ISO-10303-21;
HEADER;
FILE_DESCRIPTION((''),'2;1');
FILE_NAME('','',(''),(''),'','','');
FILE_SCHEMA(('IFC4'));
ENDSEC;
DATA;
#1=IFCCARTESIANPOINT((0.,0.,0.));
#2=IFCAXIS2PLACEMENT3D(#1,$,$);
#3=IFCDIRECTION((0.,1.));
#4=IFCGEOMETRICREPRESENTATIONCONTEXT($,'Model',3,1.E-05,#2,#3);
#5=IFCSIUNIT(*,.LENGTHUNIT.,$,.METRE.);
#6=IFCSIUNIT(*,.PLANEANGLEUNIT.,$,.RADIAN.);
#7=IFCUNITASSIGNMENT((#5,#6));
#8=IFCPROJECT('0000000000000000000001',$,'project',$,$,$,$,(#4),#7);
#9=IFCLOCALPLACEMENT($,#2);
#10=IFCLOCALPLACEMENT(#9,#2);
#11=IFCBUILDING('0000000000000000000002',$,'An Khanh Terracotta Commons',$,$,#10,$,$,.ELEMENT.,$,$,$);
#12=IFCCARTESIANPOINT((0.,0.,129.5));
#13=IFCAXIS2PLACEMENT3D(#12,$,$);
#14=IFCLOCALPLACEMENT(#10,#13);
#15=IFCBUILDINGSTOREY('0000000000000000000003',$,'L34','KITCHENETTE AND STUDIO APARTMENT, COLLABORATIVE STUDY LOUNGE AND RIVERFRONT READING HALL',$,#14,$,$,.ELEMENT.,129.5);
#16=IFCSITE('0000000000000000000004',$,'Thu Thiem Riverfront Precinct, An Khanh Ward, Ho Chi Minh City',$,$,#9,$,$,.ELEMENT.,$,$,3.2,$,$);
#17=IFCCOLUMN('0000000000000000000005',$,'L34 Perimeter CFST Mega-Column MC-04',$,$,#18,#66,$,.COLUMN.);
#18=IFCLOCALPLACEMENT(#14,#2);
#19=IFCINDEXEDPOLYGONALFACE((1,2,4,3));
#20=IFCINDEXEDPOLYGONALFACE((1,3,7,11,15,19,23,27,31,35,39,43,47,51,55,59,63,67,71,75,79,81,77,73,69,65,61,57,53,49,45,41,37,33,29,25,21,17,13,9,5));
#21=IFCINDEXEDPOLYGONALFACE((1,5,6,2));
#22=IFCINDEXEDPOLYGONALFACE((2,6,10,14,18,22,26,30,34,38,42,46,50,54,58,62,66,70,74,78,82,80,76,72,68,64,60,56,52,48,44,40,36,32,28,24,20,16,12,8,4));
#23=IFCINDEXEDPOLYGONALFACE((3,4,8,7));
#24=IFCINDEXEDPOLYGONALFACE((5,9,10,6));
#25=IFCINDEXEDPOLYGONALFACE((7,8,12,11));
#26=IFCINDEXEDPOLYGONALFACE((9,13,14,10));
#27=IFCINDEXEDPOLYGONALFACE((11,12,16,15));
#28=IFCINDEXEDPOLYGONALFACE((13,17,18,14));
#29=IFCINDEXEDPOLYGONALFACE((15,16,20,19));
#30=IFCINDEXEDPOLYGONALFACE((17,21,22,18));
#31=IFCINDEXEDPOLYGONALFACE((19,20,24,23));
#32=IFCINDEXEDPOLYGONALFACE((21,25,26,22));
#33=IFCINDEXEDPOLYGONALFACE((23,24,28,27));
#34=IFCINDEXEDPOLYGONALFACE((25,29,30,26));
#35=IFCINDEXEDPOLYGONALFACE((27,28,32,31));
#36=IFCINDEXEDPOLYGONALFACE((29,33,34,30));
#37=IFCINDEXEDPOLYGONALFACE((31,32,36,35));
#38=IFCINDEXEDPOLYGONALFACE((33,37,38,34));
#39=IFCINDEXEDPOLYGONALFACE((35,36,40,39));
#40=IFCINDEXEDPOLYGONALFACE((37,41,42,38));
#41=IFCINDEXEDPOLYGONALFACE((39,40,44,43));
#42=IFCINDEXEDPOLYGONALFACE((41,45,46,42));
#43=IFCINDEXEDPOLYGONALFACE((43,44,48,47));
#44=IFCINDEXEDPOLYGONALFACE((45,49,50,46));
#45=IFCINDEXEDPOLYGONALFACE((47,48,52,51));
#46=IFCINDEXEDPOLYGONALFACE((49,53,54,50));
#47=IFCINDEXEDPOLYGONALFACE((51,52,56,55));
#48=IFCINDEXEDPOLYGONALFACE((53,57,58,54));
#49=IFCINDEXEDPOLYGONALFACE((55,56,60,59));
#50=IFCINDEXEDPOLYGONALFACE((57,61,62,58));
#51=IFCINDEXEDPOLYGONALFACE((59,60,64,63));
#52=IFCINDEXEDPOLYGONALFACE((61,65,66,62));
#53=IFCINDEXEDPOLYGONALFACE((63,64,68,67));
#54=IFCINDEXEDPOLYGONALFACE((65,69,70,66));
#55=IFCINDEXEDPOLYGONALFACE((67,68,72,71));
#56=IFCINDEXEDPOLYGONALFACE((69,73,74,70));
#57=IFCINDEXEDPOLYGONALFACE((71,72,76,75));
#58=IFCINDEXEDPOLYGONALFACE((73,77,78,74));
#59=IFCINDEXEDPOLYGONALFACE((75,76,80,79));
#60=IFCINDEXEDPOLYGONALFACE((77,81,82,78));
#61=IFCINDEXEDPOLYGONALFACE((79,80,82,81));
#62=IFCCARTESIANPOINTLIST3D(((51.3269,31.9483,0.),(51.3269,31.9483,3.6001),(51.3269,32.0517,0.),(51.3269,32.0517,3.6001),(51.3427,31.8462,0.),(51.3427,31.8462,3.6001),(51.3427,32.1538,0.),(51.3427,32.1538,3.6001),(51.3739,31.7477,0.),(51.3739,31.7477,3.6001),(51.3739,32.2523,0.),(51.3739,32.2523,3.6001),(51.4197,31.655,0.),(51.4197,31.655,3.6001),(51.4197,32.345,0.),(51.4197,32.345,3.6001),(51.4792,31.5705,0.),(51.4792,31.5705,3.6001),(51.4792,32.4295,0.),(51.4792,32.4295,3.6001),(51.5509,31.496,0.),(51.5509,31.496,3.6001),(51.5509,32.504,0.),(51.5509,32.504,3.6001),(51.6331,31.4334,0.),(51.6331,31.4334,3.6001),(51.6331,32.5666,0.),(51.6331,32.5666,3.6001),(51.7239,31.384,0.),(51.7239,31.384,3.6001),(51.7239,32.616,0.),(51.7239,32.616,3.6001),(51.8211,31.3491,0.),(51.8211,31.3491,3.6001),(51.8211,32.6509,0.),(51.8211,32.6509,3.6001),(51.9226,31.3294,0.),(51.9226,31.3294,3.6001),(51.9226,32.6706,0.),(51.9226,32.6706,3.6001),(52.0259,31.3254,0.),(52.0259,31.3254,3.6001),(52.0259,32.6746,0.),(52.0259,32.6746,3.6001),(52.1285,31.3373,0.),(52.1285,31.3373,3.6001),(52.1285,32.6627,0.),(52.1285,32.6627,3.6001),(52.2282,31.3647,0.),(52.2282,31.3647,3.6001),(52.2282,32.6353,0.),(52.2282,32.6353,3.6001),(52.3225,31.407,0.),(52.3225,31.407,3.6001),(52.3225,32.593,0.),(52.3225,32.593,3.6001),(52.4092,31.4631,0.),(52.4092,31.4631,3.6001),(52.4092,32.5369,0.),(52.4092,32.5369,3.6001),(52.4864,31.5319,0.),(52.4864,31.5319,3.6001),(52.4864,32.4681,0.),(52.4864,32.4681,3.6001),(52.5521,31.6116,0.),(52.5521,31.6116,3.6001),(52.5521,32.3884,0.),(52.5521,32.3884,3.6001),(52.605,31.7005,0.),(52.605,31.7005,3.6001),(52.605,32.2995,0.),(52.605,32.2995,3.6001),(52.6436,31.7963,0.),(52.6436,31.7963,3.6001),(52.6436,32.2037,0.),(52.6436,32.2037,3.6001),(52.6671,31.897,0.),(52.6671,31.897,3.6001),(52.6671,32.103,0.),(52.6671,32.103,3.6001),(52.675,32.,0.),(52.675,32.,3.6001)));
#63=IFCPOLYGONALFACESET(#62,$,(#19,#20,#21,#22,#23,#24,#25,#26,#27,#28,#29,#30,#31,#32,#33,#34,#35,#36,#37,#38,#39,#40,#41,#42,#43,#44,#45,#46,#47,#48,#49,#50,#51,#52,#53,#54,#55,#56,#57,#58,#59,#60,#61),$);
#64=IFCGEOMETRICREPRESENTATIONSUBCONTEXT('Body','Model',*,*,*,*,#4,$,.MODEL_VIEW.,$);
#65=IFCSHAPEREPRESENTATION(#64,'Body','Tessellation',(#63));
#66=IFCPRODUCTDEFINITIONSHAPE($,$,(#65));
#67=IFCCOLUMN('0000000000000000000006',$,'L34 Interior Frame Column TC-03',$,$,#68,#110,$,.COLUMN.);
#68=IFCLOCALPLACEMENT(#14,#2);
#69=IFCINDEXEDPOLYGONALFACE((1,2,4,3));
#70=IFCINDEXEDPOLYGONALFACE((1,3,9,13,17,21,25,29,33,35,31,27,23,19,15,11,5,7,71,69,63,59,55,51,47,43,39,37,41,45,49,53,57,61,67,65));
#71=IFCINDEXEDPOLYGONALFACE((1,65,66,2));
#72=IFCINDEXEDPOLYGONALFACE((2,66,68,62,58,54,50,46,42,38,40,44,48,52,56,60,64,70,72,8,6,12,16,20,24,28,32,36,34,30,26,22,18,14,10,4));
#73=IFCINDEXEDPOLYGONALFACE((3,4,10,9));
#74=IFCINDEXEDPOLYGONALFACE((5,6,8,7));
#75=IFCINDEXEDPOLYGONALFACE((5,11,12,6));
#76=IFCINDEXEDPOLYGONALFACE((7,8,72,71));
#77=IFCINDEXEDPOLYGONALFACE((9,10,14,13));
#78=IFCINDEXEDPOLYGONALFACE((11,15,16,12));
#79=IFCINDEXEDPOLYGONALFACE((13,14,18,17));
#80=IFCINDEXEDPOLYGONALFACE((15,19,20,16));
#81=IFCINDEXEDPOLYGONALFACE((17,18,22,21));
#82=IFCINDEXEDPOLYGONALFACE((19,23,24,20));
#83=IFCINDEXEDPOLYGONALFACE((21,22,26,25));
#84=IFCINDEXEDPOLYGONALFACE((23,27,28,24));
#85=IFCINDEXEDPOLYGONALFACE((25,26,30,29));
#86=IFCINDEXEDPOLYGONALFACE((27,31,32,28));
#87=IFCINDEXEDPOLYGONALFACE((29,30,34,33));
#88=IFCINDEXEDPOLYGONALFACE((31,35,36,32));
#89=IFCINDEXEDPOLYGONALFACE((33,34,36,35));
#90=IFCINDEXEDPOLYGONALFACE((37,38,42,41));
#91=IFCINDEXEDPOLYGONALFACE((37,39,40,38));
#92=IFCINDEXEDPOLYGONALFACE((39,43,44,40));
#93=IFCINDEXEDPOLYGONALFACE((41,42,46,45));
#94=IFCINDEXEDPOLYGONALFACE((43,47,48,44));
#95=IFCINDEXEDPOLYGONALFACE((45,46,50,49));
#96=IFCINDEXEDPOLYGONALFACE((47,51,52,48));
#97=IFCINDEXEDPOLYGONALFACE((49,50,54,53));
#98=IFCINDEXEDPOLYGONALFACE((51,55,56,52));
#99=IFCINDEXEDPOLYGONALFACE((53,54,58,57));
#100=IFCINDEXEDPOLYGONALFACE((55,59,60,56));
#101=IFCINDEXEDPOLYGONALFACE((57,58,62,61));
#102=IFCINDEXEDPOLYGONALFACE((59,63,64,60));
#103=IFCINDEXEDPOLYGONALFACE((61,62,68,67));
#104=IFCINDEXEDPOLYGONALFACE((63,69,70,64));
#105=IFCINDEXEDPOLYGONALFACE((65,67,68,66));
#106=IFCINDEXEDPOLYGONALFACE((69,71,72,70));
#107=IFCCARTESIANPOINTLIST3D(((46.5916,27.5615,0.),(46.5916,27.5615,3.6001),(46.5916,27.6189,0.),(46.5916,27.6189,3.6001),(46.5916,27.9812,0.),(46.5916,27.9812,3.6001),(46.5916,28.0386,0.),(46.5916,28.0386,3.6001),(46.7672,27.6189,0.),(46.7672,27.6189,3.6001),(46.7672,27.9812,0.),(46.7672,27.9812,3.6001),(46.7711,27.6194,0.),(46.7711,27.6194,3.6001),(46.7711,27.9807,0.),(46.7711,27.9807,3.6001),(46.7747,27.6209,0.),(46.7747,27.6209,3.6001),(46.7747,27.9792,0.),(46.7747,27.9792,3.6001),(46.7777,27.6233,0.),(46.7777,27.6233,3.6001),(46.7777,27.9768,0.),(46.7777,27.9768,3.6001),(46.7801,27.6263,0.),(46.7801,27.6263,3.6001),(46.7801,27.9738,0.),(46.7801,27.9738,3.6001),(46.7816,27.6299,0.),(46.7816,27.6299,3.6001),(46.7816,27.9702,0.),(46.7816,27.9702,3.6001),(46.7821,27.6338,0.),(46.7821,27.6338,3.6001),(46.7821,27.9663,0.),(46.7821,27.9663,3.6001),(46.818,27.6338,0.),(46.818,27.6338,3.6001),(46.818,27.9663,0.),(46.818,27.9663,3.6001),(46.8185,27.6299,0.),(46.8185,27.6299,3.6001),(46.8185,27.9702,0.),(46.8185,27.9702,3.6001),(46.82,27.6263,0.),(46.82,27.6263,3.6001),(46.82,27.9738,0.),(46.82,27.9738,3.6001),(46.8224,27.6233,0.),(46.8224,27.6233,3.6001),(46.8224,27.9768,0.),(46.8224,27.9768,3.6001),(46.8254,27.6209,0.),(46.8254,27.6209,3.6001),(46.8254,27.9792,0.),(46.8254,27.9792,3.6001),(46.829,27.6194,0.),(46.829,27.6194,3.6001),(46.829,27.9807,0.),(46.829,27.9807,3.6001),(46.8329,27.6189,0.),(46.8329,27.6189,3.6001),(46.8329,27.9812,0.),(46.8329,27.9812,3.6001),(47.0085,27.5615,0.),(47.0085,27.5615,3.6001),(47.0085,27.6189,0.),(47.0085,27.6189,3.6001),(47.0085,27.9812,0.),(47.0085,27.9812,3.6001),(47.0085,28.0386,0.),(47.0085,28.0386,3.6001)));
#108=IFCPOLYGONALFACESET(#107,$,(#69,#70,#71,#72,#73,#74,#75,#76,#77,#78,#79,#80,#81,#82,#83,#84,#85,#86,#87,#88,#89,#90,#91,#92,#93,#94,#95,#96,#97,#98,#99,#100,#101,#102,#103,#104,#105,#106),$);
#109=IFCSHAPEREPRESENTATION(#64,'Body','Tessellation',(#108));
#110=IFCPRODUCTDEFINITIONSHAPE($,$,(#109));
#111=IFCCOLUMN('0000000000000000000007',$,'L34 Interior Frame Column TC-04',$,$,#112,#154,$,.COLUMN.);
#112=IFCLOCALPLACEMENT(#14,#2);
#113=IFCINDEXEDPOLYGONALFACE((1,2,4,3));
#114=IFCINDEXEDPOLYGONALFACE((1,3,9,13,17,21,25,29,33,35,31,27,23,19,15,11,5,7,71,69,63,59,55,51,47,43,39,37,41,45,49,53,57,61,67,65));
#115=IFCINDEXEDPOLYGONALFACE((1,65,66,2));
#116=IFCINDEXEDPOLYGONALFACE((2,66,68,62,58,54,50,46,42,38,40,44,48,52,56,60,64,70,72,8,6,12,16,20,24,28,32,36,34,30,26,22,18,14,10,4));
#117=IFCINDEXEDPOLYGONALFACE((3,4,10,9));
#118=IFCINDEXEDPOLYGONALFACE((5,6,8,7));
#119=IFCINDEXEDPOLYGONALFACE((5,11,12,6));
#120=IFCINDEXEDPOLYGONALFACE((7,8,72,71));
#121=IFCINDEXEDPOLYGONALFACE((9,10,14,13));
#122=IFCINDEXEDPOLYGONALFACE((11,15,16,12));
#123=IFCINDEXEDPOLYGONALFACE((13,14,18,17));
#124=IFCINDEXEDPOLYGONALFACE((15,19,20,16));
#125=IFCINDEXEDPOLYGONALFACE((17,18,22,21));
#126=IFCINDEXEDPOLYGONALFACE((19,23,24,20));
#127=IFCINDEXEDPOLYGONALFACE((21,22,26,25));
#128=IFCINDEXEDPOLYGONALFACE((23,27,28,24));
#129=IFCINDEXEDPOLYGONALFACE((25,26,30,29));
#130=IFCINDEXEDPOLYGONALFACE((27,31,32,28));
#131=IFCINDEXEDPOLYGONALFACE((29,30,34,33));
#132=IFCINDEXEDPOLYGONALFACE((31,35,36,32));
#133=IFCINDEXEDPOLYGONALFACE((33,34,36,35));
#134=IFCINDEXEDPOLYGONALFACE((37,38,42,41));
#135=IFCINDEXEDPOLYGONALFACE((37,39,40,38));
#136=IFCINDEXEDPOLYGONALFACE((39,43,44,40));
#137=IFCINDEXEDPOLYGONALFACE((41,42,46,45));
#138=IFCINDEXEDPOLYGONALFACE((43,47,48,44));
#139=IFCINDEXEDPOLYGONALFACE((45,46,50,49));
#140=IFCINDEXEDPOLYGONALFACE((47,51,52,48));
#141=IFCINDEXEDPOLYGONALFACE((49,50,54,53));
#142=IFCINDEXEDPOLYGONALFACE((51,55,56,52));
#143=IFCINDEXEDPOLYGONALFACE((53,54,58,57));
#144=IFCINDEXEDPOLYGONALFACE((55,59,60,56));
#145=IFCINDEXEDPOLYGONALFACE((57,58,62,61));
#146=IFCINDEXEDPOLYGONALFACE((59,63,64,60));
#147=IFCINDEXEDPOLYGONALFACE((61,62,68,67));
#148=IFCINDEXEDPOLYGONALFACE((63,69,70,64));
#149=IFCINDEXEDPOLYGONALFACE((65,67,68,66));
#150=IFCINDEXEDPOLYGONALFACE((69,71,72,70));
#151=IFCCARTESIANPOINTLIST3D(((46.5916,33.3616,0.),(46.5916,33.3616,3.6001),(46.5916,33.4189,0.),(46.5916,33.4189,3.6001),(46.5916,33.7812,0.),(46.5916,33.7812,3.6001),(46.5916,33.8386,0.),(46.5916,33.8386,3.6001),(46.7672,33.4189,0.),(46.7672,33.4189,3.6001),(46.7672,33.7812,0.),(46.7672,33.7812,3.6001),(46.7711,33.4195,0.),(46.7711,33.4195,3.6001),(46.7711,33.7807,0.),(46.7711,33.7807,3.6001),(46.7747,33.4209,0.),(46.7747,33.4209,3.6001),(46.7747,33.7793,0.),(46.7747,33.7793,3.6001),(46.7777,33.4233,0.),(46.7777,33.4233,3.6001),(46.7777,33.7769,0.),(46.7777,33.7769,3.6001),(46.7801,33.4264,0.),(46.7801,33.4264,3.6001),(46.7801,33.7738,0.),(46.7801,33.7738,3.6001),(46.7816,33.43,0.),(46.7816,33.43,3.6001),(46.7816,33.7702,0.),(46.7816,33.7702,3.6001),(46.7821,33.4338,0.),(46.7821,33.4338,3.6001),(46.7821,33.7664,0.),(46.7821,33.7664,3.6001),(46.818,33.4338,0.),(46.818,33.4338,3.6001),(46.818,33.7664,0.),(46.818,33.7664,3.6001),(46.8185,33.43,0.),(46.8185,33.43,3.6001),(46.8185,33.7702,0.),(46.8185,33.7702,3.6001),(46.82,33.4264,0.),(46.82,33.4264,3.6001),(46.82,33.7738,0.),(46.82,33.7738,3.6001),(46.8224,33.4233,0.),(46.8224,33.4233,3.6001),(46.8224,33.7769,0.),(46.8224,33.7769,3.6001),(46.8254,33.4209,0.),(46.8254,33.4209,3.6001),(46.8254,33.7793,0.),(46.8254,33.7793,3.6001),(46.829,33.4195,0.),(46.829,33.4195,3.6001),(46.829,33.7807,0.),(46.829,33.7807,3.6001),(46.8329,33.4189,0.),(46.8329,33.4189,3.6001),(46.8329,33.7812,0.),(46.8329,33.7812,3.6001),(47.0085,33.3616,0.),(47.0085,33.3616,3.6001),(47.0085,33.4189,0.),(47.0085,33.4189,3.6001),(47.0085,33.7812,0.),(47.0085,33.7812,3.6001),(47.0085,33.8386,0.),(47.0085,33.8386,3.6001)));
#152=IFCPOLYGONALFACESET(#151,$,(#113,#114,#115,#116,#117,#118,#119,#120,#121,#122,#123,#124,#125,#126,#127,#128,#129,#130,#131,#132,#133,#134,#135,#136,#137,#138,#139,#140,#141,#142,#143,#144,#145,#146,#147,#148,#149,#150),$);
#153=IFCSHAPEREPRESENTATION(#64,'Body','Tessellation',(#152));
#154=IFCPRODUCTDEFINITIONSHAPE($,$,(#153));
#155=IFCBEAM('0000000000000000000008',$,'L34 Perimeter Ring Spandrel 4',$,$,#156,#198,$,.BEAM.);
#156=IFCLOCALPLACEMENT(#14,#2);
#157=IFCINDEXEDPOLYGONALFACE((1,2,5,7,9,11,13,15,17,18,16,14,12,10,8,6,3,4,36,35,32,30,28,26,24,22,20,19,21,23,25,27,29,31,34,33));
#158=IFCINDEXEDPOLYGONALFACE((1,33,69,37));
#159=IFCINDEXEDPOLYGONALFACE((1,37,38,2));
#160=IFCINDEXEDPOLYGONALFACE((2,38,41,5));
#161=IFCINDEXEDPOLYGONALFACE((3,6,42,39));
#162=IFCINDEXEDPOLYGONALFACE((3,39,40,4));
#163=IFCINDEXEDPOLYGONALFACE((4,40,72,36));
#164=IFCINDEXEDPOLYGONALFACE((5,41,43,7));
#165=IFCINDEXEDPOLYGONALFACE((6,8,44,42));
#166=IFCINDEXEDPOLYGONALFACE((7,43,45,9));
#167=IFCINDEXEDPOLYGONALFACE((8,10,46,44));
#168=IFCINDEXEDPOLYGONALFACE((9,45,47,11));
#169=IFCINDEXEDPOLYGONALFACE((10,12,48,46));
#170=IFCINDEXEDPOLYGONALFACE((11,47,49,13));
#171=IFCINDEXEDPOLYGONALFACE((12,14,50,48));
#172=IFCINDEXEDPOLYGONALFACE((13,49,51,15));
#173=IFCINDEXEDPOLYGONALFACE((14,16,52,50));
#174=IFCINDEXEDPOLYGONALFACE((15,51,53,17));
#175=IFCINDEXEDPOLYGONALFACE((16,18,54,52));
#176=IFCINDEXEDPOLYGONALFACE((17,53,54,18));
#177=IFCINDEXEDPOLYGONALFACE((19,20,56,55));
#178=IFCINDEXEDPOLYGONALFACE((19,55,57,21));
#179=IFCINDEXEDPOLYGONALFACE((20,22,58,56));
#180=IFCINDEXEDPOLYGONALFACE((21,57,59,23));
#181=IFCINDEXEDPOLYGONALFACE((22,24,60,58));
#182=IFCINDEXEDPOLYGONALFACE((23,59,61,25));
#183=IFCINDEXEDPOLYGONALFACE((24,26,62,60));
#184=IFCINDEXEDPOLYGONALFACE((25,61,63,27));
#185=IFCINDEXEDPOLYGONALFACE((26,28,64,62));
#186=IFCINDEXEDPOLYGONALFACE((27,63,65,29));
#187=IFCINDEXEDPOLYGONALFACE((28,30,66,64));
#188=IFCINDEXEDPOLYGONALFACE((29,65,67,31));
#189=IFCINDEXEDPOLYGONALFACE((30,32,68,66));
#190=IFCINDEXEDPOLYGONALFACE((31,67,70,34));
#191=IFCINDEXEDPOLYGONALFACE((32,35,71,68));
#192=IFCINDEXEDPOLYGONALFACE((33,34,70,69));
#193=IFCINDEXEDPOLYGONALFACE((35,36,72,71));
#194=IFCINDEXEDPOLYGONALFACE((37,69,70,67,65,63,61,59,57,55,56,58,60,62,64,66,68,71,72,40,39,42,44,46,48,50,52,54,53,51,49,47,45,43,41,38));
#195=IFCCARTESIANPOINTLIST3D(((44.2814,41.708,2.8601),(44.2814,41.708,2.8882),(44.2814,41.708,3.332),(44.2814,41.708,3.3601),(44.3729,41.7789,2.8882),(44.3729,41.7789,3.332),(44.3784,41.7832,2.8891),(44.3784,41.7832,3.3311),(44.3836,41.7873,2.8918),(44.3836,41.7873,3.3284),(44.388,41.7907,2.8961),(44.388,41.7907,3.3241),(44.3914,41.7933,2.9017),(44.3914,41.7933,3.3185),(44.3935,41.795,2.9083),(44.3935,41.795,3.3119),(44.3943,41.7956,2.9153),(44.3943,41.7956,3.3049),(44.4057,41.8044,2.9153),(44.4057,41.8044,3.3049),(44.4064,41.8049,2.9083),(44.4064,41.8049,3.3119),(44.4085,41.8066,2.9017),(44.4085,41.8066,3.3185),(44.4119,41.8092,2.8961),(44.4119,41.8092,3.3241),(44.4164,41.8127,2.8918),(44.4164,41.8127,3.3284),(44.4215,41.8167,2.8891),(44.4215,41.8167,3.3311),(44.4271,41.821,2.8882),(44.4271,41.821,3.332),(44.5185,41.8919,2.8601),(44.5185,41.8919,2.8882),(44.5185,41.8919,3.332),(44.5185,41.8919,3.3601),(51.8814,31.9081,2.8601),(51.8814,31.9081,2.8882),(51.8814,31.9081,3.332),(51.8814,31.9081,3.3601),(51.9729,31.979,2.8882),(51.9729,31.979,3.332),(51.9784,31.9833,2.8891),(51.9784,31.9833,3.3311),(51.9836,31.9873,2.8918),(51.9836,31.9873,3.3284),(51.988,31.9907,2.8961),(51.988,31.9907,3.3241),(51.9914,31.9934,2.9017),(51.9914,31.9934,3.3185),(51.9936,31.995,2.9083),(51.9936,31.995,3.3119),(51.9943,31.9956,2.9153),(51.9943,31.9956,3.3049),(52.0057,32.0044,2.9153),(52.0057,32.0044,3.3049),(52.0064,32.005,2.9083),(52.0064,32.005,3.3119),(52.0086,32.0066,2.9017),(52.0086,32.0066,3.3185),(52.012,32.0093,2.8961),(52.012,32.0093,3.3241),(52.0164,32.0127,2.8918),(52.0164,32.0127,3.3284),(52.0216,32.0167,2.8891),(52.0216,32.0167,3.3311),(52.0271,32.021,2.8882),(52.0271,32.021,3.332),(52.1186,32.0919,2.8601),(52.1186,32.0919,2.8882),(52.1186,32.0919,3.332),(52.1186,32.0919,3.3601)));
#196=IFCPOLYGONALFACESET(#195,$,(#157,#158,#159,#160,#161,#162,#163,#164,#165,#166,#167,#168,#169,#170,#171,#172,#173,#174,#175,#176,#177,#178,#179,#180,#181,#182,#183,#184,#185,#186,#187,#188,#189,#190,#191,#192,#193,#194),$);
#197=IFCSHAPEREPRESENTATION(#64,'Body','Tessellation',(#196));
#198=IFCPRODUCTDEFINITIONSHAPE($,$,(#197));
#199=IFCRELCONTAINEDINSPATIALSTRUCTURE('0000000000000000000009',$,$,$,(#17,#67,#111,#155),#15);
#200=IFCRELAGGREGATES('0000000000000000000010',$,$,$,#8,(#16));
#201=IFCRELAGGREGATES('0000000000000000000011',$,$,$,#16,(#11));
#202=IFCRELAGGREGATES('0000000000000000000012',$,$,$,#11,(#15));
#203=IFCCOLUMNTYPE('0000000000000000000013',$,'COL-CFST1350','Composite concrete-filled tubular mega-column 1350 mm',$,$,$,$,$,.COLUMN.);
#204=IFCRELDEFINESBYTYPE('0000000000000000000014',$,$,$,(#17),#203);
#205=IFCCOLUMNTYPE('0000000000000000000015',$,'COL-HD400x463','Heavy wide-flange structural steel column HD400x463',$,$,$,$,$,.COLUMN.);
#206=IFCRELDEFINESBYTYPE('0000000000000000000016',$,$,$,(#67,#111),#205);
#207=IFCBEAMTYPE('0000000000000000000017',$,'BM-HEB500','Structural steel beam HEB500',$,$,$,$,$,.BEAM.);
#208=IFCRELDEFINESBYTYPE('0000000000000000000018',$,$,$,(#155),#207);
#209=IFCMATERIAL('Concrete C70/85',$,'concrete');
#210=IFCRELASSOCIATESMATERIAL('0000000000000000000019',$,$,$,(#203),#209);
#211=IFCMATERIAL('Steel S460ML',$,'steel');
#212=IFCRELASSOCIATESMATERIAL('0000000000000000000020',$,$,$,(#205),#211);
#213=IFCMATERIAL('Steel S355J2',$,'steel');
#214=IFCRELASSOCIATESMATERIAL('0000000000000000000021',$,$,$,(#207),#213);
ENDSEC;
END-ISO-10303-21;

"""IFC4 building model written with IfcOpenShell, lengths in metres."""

from ifc_helpers import new_model, si_unit, direction, frame, origin, origin_2d, place, context, subcontext, project, spatial, circle, i_section, extrude, material, material_profile, profile_set, type_object, element, save


model = new_model("IFC4")

# Units and contexts
model_context = context("Model", 3, precision=1e-05, world=origin(), true_north=direction((0.0, 1.0)))
body_context = subcontext(model_context, "Body", "Model", "MODEL_VIEW")
ifc_project = project(units=[si_unit("LENGTHUNIT", "METRE"), si_unit("PLANEANGLEUNIT", "RADIAN")], contexts=[model_context])

# Site, building, storey
site_placement = place(None, origin())
site = spatial("IfcSite", under=ifc_project, at=site_placement, Name="Thu Thiem Riverfront Precinct, An Khanh Ward, Ho Chi Minh City", CompositionType="ELEMENT", RefElevation=3.2)
building_placement = place(site_placement, origin())
building = spatial("IfcBuilding", under=site, at=building_placement, Name="An Khanh Terracotta Commons", CompositionType="ELEMENT")
storey_placement = place(building_placement, frame((0.0, 0.0, 129.5)))
storey = spatial("IfcBuildingStorey", under=building, at=storey_placement, Name="L34", Description="KITCHENETTE AND STUDIO APARTMENT, COLLABORATIVE STUDY LOUNGE AND RIVERFRONT READING HALL", CompositionType="ELEMENT", Elevation=129.5)

# Columns
ifc_material_1 = material(Name="Concrete C70/85", Category="concrete")
ifc_material_profile_1 = material_profile(ifc_material_1, circle(Radius=0.675, at=origin_2d()), Name="CFST1350")
ifc_profile_set_1 = profile_set([ifc_material_profile_1], Name="Concrete C70/85")
column_type_1 = type_object("IfcColumnType", Name="COL-CFST1350", Description="Composite concrete-filled tubular mega-column 1350 mm", PredefinedType="COLUMN", material=ifc_profile_set_1)
column_placement = place(storey_placement, frame((52.0, 32.0, 0.0), z_axis=(0.0, 0.0, 1.0), x_axis=(1.0, 0.0, 0.0)))
element("IfcColumn", 1, at=column_placement, inside=storey, type_object=column_type_1, Name="L34 Perimeter CFST Mega-Column MC-04", PredefinedType="COLUMN", context=body_context, shape_type="SweptSolid", body=[
    extrude(circle(Radius=0.675, at=origin_2d()), origin(), (0.0, 0.0, 1.0), 3.6001),
])
ifc_material_2 = material(Name="Steel S460ML", Category="steel")
ifc_material_profile_2 = material_profile(ifc_material_2, i_section(OverallWidth=0.417, OverallDepth=0.4771, WebThickness=0.0359, FlangeThickness=0.0574, FilletRadius=0.0149, at=origin_2d()), Name="HD400x463")
ifc_profile_set_2 = profile_set([ifc_material_profile_2], Name="Steel S460ML")
column_type_2 = type_object("IfcColumnType", Name="COL-HD400x463", Description="Heavy wide-flange structural steel column HD400x463", PredefinedType="COLUMN", material=ifc_profile_set_2)
for number, where, z_axis, x_axis, name in (
    (2, (46.8, 27.8, 0.0), (0.0, 0.0, 1.0), (1.0, 0.0, 0.0), "L34 Interior Frame Column TC-03"),
    (3, (46.8, 33.6001, 0.0), (0.0, 0.0, 1.0), (1.0, 0.0, 0.0), "L34 Interior Frame Column TC-04"),
):
    element("IfcColumn", number, at=place(storey_placement, frame(where, z_axis=z_axis, x_axis=x_axis)), inside=storey, type_object=column_type_2, Name=name, PredefinedType="COLUMN", context=body_context, shape_type="SweptSolid", body=[
        extrude(i_section(OverallWidth=0.417, OverallDepth=0.4771, WebThickness=0.0359, FlangeThickness=0.0574, FilletRadius=0.0149, at=origin_2d()), origin(), (0.0, 0.0, 1.0), 3.6001),
    ])

# Beam
ifc_material_3 = material(Name="Steel S355J2", Category="steel")
ifc_material_profile_3 = material_profile(ifc_material_3, i_section(OverallWidth=0.3, OverallDepth=0.5, WebThickness=0.0144, FlangeThickness=0.0281, FilletRadius=0.0271, at=origin_2d()), Name="HEB500")
ifc_profile_set_3 = profile_set([ifc_material_profile_3], Name="Steel S355J2")
beam_type_1 = type_object("IfcBeamType", Name="BM-HEB500", Description="Structural steel beam HEB500", PredefinedType="BEAM", material=ifc_profile_set_3)
beam_1_placement = place(storey_placement, frame((52.0, 32.0, 3.1101), z_axis=(-0.612827, 0.790217, 0.0), x_axis=(-0.790217, -0.612827, 0.0)))
element("IfcBeam", 4, at=beam_1_placement, inside=storey, type_object=beam_type_1, Name="L34 Perimeter Ring Spandrel 4", PredefinedType="BEAM", context=body_context, shape_type="SweptSolid", body=[
    extrude(i_section(OverallWidth=0.3, OverallDepth=0.5, WebThickness=0.0144, FlangeThickness=0.0281, FilletRadius=0.0271, at=origin_2d()), origin(), (0.0, 0.0, 1.0), 12.4016),
])

save(model, "model.ifc")
